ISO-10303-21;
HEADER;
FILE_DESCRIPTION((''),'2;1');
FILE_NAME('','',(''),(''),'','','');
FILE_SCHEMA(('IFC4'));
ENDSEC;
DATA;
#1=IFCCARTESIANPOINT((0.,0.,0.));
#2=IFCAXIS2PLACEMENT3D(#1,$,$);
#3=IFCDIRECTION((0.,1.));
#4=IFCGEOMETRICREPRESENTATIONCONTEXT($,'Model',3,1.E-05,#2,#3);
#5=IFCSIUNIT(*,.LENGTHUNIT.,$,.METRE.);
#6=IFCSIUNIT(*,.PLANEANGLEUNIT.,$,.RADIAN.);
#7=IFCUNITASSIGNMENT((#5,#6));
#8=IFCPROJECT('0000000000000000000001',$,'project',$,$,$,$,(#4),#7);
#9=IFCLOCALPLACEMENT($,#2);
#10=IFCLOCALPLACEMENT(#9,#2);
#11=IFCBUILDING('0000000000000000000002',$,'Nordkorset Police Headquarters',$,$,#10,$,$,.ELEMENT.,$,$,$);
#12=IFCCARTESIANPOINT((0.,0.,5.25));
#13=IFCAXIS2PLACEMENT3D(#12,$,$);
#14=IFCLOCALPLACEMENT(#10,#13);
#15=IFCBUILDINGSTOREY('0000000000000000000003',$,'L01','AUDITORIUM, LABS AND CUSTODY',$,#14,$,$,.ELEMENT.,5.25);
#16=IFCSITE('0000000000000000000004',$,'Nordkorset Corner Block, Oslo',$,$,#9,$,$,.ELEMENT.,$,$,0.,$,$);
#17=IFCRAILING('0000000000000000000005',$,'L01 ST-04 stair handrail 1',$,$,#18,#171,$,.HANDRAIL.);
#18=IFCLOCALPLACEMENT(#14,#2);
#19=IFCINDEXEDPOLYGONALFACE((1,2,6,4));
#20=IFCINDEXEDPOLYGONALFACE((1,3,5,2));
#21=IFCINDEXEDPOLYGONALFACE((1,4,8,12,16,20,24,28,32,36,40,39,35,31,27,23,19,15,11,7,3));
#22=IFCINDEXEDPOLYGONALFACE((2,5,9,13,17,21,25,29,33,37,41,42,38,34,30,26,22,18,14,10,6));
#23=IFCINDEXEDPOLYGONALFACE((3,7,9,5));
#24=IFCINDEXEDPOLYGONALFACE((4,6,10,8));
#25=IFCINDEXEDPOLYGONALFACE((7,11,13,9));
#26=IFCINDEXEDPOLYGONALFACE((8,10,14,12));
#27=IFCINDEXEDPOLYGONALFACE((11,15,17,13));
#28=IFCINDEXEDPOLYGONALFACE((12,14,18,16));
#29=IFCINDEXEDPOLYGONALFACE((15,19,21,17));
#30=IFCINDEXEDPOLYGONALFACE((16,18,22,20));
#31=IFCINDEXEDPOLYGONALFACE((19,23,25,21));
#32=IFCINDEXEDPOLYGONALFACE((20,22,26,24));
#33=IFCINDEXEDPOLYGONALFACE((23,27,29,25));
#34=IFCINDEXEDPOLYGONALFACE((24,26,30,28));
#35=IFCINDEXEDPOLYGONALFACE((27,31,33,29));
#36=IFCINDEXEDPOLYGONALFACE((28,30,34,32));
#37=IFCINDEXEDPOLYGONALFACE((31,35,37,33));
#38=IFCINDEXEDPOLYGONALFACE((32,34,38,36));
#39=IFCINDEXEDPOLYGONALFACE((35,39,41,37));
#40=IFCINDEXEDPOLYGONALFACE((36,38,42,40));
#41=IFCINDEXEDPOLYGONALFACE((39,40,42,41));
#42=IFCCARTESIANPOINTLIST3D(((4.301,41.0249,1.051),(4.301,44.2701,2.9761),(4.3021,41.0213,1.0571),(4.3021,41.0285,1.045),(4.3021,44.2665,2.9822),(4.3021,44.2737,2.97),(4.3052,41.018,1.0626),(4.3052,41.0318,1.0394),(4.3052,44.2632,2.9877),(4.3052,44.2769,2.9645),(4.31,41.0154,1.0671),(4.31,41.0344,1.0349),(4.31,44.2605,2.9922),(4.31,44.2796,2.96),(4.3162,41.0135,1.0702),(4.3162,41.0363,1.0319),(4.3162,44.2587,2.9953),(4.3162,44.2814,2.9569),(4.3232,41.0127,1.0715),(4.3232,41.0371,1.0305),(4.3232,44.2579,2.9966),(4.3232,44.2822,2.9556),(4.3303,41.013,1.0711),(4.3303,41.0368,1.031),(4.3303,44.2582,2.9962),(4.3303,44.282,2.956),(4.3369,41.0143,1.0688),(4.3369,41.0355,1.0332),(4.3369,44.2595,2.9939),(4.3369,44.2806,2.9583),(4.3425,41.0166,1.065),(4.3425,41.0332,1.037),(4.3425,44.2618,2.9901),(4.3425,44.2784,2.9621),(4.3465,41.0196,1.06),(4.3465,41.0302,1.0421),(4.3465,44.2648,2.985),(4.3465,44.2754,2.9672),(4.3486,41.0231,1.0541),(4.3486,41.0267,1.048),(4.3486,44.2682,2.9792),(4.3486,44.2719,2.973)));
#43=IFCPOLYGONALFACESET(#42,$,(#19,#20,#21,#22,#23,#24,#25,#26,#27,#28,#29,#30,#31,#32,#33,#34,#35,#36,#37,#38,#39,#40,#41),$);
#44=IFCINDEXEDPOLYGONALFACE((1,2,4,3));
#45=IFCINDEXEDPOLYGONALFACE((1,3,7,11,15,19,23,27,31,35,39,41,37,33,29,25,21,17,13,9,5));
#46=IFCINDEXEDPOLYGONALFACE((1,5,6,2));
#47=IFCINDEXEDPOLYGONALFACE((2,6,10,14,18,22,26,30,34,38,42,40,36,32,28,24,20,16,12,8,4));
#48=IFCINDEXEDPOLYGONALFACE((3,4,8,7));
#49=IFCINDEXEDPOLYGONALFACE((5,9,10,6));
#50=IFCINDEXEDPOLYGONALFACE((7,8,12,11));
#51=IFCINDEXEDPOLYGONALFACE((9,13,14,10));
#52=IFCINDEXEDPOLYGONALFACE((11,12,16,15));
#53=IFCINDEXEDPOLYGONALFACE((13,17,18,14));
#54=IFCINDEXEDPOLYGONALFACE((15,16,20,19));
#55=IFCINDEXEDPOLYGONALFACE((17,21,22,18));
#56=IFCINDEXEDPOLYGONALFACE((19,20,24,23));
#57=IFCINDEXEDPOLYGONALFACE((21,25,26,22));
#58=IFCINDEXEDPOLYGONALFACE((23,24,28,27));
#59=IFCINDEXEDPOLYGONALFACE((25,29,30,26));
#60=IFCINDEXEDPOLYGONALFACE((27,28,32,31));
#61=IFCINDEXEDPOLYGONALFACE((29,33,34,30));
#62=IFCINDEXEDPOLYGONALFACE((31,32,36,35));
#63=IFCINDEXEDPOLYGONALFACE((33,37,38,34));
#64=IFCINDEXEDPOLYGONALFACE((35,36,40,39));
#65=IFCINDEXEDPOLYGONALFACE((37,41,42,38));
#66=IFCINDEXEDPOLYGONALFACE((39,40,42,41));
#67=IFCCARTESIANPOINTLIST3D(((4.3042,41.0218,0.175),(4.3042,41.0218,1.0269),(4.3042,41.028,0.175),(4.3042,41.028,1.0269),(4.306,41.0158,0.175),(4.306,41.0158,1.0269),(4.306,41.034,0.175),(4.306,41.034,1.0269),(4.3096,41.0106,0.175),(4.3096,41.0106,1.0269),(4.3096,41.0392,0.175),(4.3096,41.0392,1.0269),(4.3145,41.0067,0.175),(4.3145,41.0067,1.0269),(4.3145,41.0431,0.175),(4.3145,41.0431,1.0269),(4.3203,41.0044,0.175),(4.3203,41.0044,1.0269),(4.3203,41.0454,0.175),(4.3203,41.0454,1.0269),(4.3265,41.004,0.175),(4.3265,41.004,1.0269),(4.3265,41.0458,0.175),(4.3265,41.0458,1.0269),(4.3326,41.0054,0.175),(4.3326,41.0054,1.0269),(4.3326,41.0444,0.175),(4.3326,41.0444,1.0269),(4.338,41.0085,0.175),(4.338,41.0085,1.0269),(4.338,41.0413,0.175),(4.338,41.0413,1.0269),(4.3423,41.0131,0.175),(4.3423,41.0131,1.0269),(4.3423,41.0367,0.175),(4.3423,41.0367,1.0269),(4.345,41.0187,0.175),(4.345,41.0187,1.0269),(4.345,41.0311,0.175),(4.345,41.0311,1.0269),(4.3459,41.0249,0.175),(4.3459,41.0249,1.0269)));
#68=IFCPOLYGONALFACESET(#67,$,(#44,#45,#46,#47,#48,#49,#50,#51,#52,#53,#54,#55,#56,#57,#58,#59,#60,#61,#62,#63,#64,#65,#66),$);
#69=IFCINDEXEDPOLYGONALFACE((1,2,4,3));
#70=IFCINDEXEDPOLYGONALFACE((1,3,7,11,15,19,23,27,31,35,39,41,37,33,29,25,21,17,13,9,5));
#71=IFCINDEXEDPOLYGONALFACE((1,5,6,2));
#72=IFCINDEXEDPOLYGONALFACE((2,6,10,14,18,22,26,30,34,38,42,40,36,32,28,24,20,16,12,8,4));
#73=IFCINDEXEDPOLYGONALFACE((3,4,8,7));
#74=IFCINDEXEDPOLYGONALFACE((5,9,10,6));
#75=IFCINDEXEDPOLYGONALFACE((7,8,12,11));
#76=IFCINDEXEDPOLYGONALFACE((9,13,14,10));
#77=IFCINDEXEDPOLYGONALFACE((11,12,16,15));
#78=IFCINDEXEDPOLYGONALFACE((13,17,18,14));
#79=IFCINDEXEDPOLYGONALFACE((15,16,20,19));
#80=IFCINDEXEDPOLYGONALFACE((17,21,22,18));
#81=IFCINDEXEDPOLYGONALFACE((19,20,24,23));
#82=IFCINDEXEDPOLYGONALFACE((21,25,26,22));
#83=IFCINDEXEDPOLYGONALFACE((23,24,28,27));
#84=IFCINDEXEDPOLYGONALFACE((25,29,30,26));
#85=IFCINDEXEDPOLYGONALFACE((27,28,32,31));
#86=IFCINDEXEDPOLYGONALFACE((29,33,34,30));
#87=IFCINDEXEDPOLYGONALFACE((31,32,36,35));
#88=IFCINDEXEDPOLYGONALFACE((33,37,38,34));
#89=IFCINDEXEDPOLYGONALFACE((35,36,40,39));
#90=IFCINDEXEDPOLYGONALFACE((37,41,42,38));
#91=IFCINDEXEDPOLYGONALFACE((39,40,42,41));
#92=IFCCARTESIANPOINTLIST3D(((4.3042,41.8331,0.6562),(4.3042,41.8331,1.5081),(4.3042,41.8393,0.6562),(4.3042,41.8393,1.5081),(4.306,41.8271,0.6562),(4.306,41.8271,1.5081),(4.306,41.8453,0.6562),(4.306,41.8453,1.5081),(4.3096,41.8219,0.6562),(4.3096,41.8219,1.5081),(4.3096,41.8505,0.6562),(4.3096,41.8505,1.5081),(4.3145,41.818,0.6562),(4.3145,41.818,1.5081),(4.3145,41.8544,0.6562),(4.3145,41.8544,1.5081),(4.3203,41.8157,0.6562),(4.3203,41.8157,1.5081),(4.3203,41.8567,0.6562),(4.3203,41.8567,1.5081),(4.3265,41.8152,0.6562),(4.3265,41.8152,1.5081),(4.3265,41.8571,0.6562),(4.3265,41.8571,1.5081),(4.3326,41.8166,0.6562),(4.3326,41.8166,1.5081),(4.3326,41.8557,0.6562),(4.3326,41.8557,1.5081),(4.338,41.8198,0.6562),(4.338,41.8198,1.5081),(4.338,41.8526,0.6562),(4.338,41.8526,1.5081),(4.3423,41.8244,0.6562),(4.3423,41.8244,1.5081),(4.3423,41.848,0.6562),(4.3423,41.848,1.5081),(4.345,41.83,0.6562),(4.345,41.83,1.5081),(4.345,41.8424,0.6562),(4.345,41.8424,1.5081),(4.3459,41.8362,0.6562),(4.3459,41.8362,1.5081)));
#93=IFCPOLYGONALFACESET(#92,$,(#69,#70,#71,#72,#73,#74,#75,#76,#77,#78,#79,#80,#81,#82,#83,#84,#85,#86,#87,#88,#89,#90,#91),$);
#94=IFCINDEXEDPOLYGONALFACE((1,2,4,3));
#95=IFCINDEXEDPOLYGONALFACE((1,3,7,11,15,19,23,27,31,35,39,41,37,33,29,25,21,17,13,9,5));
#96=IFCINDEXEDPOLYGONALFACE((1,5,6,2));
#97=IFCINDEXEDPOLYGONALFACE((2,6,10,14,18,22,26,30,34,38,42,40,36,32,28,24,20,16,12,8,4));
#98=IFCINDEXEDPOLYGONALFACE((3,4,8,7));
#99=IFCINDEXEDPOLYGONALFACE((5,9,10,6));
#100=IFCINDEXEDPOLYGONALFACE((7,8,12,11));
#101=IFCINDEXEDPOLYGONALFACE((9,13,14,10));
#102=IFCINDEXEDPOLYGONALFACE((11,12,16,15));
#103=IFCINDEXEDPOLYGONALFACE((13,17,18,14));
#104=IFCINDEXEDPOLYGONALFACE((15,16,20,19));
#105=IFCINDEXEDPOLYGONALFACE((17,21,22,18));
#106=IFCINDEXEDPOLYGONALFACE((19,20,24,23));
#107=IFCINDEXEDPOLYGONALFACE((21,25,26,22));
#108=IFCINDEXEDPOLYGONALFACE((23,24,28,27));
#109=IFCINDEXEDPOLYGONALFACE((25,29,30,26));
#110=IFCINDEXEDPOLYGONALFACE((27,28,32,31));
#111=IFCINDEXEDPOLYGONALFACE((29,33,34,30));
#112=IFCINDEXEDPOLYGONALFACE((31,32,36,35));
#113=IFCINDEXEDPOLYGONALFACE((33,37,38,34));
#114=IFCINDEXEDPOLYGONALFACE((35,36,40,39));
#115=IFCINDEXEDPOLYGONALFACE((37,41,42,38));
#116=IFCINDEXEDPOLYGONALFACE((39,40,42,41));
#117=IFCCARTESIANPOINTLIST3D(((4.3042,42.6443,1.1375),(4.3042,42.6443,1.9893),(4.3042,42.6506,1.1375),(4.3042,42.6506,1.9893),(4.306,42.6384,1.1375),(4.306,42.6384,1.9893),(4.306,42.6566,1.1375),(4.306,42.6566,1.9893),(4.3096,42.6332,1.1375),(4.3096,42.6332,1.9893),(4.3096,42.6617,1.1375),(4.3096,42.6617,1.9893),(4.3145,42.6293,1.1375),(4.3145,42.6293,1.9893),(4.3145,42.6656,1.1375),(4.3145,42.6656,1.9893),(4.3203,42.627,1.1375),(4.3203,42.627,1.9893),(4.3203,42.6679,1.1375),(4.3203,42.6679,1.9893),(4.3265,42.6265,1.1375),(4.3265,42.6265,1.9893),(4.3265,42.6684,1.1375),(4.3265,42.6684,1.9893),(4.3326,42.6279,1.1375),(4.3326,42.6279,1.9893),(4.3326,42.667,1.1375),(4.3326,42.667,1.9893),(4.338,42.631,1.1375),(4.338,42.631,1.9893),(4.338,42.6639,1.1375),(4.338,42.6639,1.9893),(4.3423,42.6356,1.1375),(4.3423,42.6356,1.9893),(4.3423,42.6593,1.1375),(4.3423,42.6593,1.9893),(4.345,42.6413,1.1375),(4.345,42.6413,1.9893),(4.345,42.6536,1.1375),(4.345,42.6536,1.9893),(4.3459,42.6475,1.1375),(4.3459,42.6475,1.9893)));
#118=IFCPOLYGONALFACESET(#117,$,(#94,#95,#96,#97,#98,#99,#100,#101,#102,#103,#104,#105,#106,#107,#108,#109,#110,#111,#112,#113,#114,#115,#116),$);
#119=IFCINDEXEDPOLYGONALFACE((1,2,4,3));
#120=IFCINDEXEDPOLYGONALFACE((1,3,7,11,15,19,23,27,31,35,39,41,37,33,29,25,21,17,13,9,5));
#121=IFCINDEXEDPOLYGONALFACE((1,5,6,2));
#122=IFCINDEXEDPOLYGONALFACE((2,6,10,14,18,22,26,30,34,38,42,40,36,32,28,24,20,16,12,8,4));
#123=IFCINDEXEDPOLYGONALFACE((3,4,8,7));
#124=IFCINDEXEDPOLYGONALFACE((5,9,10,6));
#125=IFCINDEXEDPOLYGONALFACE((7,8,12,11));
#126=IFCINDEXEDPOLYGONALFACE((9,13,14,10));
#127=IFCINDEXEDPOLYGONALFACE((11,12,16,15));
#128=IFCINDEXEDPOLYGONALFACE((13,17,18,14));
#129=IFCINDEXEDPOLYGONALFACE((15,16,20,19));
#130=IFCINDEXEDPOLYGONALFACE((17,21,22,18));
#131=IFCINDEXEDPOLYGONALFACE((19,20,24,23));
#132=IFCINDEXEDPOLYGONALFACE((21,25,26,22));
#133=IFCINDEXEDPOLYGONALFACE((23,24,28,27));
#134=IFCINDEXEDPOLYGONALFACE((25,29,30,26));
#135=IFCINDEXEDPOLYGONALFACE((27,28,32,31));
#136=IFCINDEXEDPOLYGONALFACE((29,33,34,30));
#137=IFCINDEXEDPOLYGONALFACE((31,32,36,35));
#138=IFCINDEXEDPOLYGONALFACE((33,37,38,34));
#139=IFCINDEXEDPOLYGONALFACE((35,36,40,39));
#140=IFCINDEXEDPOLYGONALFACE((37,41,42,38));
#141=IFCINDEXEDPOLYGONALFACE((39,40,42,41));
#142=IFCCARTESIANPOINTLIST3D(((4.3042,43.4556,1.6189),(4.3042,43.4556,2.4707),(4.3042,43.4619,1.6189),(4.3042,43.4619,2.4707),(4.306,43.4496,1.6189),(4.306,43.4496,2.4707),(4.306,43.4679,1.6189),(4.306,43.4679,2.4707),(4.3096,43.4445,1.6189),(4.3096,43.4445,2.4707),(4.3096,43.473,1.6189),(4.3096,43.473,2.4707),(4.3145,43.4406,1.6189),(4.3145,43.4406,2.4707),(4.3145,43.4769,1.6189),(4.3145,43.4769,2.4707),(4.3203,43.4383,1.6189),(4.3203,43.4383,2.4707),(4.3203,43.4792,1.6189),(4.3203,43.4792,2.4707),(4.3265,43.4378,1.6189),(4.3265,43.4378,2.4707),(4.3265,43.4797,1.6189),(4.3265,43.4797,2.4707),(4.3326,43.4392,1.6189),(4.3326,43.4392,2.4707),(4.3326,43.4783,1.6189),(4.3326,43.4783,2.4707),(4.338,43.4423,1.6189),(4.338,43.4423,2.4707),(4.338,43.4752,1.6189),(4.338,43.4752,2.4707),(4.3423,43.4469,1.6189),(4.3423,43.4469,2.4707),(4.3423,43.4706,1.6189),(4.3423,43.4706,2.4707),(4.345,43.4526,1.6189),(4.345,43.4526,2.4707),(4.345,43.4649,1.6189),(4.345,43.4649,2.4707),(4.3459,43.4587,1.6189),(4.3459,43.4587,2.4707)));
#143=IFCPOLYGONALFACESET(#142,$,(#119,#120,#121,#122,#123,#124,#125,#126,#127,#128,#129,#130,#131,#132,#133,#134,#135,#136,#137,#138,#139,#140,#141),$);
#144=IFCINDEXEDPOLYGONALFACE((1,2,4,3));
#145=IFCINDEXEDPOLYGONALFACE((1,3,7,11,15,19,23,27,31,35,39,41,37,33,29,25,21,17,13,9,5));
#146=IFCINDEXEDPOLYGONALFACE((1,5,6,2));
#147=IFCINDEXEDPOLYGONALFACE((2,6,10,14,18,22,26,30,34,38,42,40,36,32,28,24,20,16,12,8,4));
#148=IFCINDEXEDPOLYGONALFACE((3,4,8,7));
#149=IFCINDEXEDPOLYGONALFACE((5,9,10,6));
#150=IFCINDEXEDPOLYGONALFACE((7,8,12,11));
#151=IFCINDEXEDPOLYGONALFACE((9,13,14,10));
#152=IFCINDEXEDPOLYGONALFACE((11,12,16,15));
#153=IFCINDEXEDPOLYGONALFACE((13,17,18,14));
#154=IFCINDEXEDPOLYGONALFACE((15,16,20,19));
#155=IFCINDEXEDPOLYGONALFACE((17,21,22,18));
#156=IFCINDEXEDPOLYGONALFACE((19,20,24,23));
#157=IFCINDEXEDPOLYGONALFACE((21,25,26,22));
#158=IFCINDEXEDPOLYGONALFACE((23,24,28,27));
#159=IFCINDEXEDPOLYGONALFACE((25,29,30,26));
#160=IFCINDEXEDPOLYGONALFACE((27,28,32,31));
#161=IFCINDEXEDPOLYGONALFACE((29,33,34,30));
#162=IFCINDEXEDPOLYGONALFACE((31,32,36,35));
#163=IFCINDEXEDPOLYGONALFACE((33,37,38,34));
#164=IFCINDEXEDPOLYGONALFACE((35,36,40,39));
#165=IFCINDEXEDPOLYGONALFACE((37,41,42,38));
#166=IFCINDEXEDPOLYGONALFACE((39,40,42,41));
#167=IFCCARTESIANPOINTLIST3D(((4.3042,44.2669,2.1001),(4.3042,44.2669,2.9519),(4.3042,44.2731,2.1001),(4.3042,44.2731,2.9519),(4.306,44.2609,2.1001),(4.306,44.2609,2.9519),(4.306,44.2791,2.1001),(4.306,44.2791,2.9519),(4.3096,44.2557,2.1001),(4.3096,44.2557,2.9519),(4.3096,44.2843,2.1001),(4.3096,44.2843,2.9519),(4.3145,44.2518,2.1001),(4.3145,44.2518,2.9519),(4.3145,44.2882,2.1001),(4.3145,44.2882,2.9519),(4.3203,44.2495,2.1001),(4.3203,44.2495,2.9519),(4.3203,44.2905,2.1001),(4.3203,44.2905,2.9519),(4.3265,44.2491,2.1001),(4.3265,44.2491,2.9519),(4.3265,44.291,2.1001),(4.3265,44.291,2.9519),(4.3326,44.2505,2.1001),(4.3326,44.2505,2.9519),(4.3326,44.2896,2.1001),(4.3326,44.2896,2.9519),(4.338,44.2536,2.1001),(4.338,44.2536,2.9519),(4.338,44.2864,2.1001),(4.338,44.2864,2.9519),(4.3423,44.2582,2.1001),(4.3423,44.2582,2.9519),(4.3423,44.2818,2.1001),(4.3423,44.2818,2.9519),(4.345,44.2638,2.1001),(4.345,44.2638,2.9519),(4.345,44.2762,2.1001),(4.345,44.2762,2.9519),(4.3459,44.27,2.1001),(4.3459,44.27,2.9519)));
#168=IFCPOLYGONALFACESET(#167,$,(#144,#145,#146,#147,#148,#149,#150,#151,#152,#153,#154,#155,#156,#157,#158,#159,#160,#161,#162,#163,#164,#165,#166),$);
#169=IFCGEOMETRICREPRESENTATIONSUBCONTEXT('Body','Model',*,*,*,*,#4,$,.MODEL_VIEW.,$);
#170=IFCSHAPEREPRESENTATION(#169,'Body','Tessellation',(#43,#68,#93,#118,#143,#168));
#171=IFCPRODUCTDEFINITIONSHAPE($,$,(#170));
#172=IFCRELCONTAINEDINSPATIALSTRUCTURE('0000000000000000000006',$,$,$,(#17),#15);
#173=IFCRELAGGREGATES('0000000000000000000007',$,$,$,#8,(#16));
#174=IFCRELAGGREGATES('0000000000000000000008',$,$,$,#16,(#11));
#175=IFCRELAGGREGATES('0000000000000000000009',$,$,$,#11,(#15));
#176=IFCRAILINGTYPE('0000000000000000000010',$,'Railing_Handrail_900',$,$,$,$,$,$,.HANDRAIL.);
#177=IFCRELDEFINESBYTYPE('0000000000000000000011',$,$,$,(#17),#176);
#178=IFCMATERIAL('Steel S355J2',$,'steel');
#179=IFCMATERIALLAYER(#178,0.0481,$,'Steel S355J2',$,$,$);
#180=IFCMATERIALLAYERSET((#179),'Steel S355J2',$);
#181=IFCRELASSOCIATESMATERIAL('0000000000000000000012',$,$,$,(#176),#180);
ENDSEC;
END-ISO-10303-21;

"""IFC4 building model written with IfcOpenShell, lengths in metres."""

from ifc_helpers import new_model, si_unit, direction, frame, origin, origin_2d, place, context, subcontext, project, spatial, circle, extrude, material, layer, layer_set, type_object, element, save


model = new_model("IFC4")

# Units and contexts
model_context = context("Model", 3, precision=1e-05, world=origin(), true_north=direction((0.0, 1.0)))
body_context = subcontext(model_context, "Body", "Model", "MODEL_VIEW")
ifc_project = project(units=[si_unit("LENGTHUNIT", "METRE"), si_unit("PLANEANGLEUNIT", "RADIAN")], contexts=[model_context])

# Site, building, storey
site_placement = place(None, origin())
site = spatial("IfcSite", under=ifc_project, at=site_placement, Name="Nordkorset Corner Block, Oslo", CompositionType="ELEMENT", RefElevation=0.0)
building_placement = place(site_placement, origin())
building = spatial("IfcBuilding", under=site, at=building_placement, Name="Nordkorset Police Headquarters", CompositionType="ELEMENT")
storey_placement = place(building_placement, frame((0.0, 0.0, 5.25)))
storey = spatial("IfcBuildingStorey", under=building, at=storey_placement, Name="L01", Description="AUDITORIUM, LABS AND CUSTODY", CompositionType="ELEMENT", Elevation=5.25)

# Railing
ifc_material_1 = material(Name="Steel S355J2", Category="steel")
ifc_layer_1 = layer(ifc_material_1, 0.0481, Name="Steel S355J2")
ifc_layer_set_1 = layer_set([ifc_layer_1], Name="Steel S355J2")
railing_type_1 = type_object("IfcRailingType", Name="Railing_Handrail_900", PredefinedType="HANDRAIL", material=ifc_layer_set_1)
railing_1_placement = place(storey_placement, frame((4.325, 41.0249, 0.175)))
element("IfcRailing", 1, at=railing_1_placement, inside=storey, type_object=railing_type_1, Name="L01 ST-04 stair handrail 1", PredefinedType="HANDRAIL", context=body_context, shape_type="SweptSolid", body=[
    extrude(circle(Radius=0.0239, at=origin_2d()), frame((0.0, 0.0, 0.876), z_axis=(0.0, 0.860057, 0.510198), x_axis=(-1.0, 0.0, 0.0)), (0.0, 0.0, 1.0), 3.7732),
    extrude(circle(Radius=0.021, at=origin_2d()), origin(), (0.0, 0.0, 1.0), 0.8518),
    extrude(circle(Radius=0.021, at=origin_2d()), frame((0.0, 0.8113, 0.4812)), (0.0, 0.0, 1.0), 0.8518),
    extrude(circle(Radius=0.021, at=origin_2d()), frame((0.0, 1.6226, 0.9624)), (0.0, 0.0, 1.0), 0.8518),
    extrude(circle(Radius=0.021, at=origin_2d()), frame((0.0, 2.4338, 1.4438)), (0.0, 0.0, 1.0), 0.8518),
    extrude(circle(Radius=0.021, at=origin_2d()), frame((0.0, 3.2451, 1.925)), (0.0, 0.0, 1.0), 0.8518),
])

save(model, "model.ifc")
